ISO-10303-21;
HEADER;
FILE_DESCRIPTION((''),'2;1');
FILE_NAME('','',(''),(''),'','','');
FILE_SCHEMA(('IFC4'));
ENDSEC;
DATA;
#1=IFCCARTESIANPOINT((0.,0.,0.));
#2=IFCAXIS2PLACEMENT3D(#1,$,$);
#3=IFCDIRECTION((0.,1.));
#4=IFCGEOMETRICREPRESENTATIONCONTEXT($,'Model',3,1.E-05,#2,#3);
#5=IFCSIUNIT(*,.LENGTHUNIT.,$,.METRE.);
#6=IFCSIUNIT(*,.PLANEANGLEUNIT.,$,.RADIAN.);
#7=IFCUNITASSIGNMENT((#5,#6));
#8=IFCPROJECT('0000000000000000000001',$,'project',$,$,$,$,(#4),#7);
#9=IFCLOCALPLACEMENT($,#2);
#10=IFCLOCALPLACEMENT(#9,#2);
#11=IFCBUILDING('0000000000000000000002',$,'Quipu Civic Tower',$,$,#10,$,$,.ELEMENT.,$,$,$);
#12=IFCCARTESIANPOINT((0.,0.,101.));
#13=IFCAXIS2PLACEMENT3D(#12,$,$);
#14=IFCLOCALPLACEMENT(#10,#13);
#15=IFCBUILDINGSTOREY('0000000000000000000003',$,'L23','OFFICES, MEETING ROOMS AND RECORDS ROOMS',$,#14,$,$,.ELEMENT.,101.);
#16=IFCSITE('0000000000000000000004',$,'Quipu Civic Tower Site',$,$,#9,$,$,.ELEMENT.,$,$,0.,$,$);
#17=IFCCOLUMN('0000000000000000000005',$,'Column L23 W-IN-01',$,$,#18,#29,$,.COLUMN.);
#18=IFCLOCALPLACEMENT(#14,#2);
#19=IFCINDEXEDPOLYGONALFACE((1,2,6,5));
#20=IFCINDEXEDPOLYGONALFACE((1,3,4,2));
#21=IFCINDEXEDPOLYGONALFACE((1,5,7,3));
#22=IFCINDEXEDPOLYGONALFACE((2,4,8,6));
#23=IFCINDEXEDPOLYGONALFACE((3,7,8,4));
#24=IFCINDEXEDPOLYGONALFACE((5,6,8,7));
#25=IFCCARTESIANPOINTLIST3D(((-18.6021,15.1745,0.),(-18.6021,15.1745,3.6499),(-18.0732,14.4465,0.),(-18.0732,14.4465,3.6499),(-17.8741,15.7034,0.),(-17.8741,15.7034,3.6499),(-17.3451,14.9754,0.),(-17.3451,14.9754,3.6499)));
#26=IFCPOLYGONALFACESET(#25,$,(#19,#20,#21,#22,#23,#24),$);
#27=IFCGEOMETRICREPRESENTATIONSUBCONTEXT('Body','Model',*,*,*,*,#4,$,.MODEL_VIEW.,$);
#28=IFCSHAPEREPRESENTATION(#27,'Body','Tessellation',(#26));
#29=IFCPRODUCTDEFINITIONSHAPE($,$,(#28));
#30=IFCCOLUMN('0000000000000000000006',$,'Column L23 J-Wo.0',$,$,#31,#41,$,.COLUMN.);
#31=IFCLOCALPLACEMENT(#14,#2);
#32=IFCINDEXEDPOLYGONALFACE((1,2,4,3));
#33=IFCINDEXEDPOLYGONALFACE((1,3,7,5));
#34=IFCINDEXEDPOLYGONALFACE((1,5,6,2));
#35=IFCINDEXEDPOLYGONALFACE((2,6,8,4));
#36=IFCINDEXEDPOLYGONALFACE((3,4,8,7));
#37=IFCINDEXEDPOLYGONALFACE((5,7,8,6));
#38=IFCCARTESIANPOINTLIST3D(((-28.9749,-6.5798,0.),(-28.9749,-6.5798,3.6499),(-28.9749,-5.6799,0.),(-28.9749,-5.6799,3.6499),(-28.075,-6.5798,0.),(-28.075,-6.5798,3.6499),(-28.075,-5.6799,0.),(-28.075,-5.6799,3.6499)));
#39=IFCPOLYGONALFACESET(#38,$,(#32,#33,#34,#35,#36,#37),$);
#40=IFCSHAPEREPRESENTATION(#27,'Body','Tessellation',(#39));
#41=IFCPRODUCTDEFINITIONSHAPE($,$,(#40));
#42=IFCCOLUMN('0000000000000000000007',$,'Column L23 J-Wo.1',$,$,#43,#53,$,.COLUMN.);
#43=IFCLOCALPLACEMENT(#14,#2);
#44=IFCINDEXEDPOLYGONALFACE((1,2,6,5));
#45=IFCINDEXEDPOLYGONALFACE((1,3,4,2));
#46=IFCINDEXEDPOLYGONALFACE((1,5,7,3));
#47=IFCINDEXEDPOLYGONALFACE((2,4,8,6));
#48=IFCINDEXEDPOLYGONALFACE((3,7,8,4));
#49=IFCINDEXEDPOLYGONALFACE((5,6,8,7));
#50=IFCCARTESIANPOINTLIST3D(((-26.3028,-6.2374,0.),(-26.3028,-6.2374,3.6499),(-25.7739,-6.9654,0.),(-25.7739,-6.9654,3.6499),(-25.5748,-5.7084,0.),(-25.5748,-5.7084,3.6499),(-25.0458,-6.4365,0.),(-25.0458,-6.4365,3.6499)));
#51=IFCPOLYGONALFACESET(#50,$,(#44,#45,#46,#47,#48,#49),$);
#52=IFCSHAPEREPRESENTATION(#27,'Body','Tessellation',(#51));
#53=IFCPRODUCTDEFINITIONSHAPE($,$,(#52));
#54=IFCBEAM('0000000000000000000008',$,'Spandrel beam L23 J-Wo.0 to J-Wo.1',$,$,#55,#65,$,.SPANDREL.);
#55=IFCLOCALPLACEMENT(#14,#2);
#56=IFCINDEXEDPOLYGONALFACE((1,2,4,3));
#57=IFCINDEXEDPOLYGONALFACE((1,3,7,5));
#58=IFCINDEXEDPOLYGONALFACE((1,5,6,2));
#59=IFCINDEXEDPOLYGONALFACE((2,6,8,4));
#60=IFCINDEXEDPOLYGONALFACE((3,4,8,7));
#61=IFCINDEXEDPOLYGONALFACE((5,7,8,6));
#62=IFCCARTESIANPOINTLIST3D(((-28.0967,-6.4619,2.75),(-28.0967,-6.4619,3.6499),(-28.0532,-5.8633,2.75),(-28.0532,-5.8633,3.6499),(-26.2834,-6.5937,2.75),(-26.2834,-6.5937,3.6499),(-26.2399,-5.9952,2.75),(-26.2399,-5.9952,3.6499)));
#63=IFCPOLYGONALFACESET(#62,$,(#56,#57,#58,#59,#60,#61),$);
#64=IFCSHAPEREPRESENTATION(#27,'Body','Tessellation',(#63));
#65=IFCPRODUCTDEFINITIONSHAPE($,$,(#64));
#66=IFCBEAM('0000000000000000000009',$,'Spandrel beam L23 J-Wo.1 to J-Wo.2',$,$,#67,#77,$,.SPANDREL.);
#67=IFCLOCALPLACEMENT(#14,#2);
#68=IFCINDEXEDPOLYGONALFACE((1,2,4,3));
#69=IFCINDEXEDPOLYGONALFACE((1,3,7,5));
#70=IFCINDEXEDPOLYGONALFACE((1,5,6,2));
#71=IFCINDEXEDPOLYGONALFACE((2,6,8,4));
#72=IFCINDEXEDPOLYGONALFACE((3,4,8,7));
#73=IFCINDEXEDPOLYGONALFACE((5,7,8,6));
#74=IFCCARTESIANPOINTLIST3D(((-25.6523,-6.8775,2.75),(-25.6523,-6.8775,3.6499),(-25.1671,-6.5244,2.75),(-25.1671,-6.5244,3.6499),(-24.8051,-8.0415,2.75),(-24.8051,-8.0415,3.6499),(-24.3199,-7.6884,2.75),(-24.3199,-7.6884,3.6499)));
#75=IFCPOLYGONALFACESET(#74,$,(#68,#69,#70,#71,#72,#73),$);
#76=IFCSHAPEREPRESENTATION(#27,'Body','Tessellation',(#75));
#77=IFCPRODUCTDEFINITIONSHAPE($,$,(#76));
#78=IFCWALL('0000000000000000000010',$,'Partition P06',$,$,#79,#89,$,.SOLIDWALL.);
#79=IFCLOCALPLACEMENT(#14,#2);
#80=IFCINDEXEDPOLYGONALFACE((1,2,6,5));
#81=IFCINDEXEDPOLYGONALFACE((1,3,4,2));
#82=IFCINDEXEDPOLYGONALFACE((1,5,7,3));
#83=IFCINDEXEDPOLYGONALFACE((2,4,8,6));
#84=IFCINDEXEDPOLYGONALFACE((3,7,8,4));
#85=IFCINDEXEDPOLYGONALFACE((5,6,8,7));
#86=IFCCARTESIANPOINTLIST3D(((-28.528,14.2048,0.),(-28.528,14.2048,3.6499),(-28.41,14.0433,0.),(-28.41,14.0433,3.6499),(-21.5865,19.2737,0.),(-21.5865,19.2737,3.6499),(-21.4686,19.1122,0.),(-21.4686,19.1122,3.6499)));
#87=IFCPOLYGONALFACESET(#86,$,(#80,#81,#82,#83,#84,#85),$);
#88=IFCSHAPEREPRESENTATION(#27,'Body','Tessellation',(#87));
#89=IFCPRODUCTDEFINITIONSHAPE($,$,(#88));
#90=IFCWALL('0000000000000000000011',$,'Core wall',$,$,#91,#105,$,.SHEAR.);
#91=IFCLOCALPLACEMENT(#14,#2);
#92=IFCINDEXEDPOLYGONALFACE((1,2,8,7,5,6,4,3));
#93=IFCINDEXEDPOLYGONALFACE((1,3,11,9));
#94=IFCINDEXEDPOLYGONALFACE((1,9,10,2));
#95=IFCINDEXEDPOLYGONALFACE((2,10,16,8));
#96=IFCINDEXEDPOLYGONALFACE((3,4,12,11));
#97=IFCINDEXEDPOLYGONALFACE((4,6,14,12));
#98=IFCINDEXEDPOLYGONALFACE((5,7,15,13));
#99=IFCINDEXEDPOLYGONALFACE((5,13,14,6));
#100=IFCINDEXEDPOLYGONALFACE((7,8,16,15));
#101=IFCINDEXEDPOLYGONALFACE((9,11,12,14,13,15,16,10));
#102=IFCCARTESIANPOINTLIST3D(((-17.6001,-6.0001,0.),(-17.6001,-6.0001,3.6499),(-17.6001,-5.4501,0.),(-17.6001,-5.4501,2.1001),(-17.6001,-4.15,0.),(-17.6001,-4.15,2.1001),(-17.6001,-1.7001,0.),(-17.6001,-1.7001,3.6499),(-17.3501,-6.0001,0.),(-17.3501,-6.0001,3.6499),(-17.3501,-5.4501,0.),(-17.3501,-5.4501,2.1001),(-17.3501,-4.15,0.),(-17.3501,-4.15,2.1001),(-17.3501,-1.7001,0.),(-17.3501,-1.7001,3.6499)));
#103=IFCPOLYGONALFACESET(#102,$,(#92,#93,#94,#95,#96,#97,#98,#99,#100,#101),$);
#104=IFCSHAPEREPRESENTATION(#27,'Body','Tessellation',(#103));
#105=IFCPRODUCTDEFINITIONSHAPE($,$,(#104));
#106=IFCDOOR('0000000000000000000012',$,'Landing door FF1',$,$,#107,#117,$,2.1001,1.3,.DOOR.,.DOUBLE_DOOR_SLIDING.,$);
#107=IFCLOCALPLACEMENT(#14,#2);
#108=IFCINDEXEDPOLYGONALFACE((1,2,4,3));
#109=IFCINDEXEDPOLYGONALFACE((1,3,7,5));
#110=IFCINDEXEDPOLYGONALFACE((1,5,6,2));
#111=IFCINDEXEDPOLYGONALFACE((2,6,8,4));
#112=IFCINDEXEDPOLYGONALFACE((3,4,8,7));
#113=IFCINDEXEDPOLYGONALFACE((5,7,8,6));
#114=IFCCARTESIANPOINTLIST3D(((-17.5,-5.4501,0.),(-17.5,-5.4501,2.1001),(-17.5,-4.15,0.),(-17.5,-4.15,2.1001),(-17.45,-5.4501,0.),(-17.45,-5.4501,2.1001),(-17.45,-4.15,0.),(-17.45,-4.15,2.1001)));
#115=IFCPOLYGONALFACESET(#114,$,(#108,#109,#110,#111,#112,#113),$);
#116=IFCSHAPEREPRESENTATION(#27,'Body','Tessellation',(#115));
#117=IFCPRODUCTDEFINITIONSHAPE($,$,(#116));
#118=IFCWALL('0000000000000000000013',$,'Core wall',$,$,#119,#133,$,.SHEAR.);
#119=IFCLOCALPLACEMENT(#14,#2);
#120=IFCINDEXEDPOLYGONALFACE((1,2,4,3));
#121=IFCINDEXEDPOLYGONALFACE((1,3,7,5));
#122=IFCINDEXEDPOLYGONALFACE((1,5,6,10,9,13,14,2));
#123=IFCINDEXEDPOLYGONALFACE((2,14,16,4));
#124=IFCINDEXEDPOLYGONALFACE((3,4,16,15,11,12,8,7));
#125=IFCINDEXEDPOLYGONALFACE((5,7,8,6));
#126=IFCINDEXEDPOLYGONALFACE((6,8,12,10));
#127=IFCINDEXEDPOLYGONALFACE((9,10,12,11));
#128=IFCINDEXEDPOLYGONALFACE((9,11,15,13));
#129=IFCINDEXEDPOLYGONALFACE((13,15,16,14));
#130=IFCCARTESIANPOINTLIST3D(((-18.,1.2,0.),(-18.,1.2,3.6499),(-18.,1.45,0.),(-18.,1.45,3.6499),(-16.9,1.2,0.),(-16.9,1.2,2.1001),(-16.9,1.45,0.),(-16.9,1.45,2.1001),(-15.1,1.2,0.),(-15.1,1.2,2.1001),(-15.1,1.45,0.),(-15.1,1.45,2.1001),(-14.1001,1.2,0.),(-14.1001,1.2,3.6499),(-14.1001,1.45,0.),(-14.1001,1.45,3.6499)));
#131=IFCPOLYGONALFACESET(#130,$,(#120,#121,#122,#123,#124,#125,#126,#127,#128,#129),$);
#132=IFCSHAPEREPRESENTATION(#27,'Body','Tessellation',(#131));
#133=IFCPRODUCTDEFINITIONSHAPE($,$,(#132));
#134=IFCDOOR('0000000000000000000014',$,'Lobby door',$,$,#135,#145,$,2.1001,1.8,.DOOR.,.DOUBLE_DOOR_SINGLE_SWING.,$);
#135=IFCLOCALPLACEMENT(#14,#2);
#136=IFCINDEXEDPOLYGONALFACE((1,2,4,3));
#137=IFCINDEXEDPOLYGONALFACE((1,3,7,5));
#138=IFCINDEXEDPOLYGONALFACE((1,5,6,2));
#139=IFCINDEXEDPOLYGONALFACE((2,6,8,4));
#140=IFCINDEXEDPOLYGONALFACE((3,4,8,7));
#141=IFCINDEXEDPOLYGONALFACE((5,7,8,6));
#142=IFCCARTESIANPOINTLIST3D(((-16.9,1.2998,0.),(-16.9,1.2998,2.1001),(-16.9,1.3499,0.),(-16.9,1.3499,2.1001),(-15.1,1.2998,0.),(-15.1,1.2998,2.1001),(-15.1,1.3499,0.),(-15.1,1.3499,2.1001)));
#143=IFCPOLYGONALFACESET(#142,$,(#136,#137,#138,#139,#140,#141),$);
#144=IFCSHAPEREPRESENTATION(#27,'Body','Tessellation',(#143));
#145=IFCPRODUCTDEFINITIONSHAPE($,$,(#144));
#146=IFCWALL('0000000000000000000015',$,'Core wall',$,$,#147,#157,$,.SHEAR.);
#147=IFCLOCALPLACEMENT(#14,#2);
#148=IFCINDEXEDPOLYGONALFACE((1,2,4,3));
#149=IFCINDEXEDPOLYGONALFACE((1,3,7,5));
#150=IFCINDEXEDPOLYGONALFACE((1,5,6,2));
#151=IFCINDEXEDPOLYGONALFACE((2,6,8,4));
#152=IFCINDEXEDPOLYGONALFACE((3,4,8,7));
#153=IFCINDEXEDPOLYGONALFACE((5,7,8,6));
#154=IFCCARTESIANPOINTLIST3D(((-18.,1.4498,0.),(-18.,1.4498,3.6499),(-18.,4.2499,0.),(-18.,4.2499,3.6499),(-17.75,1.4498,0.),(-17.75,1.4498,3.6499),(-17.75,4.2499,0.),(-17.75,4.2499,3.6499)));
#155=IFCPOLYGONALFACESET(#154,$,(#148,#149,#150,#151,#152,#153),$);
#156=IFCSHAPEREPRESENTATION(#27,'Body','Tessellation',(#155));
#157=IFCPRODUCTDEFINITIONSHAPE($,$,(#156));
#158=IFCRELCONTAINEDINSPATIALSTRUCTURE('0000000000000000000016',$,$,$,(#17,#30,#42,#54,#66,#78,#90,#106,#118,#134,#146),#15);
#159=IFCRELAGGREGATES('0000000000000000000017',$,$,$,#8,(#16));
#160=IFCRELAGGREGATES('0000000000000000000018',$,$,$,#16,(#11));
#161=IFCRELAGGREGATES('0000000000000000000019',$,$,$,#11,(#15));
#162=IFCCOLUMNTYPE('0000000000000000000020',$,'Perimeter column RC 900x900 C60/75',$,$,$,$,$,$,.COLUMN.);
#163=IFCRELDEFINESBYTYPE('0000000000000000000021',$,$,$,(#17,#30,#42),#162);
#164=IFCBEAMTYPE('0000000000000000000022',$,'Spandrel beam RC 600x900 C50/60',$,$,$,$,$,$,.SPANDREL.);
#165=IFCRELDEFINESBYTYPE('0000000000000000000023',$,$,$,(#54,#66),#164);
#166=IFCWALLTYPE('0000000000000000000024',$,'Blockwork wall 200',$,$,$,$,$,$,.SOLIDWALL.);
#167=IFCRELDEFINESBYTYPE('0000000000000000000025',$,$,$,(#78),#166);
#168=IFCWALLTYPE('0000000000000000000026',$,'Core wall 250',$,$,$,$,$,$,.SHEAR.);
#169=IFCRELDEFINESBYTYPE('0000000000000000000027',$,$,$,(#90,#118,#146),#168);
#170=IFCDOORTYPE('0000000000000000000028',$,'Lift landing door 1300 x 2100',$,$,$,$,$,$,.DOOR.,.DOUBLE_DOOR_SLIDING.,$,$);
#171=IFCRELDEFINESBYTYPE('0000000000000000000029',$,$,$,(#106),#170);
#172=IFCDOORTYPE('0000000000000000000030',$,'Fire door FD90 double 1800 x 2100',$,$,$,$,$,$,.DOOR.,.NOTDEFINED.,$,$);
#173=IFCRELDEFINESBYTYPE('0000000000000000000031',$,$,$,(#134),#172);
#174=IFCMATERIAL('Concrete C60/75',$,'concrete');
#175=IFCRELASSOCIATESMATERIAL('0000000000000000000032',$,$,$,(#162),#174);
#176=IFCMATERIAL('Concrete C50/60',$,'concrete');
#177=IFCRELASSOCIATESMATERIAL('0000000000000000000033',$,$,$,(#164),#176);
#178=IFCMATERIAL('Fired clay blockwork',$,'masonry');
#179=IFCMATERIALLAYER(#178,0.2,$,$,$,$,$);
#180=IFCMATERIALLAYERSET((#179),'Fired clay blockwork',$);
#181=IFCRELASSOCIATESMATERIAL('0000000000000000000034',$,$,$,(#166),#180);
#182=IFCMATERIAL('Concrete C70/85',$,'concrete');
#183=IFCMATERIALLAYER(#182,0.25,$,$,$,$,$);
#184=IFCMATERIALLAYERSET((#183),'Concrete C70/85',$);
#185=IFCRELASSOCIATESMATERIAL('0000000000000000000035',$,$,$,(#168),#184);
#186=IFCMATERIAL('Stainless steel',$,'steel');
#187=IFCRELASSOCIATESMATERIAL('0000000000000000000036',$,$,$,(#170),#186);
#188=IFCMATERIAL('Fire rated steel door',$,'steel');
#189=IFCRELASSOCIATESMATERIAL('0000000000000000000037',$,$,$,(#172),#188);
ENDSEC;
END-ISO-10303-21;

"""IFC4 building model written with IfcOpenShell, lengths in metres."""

from ifc_helpers import new_model, si_unit, direction, frame, frame_2d, origin, origin_2d, place, context, subcontext, project, spatial, rectangle, extrude, material, layer, layer_set, material_profile, profile_set, type_object, element, fill, save


model = new_model("IFC4")

# Units and contexts
model_context = context("Model", 3, precision=1e-05, world=origin(), true_north=direction((0.0, 1.0)))
body_context = subcontext(model_context, "Body", "Model", "MODEL_VIEW")
ifc_project = project(units=[si_unit("LENGTHUNIT", "METRE"), si_unit("PLANEANGLEUNIT", "RADIAN")], contexts=[model_context])

# Site, building, storey
site_placement = place(None, origin())
site = spatial("IfcSite", under=ifc_project, at=site_placement, Name="Quipu Civic Tower Site", CompositionType="ELEMENT", RefElevation=0.0)
building_placement = place(site_placement, origin())
building = spatial("IfcBuilding", under=site, at=building_placement, Name="Quipu Civic Tower", CompositionType="ELEMENT")
storey_placement = place(building_placement, frame((0.0, 0.0, 101.0)))
storey = spatial("IfcBuildingStorey", under=building, at=storey_placement, Name="L23", Description="OFFICES, MEETING ROOMS AND RECORDS ROOMS", CompositionType="ELEMENT", Elevation=101.0)

# Columns
ifc_material_1 = material(Name="Concrete C60/75", Category="concrete")
ifc_material_profile_1 = material_profile(ifc_material_1, rectangle(XDim=0.8999, YDim=0.8999, at=origin_2d()), Name="RC900x900")
ifc_profile_set_1 = profile_set([ifc_material_profile_1], Name="Concrete C60/75")
column_type = type_object("IfcColumnType", Name="Perimeter column RC 900x900 C60/75", PredefinedType="COLUMN", material=ifc_profile_set_1)
for number, where, z_axis, x_axis, name in (
    (1, (-17.9736, 15.075, 0.0), (0.0, 0.0, 1.0), (-0.587785, 0.809017, 0.0), "Column L23 W-IN-01"),
    (2, (-28.5249, -6.1299, 0.0), (0.0, 0.0, 1.0), (1.0, 0.0, 0.0), "Column L23 J-Wo.0"),
    (3, (-25.6743, -6.3369, 0.0), (0.0, 0.0, 1.0), (0.587785, -0.809017, 0.0), "Column L23 J-Wo.1"),
):
    element("IfcColumn", number, at=place(storey_placement, frame(where, z_axis=z_axis, x_axis=x_axis)), inside=storey, type_object=column_type, Name=name, PredefinedType="COLUMN", context=body_context, shape_type="SweptSolid", body=[
        extrude(rectangle(XDim=0.8999, YDim=0.8999, at=origin_2d()), origin(), (0.0, 0.0, 1.0), 3.6499),
    ])

# Beams
ifc_material_2 = material(Name="Concrete C50/60", Category="concrete")
ifc_material_profile_2 = material_profile(ifc_material_2, rectangle(XDim=0.6001, YDim=0.8999, at=origin_2d()), Name="RC600x900")
ifc_profile_set_2 = profile_set([ifc_material_profile_2], Name="Concrete C50/60")
beam_type = type_object("IfcBeamType", Name="Spandrel beam RC 600x900 C50/60", PredefinedType="SPANDREL", material=ifc_profile_set_2)
beam_1_placement = place(storey_placement, frame((-28.075, -6.1626, 3.2), z_axis=(0.997367, -0.072516, 0.0), x_axis=(0.072516, 0.997367, 0.0)))
element("IfcBeam", 4, at=beam_1_placement, inside=storey, type_object=beam_type, Name="Spandrel beam L23 J-Wo.0 to J-Wo.1", PredefinedType="SPANDREL", context=body_context, shape_type="SweptSolid", body=[
    extrude(rectangle(XDim=0.6001, YDim=0.8999, at=origin_2d()), origin(), (0.0, 0.0, 1.0), 1.8181),
])
beam_2_placement = place(storey_placement, frame((-25.4097, -6.7009, 3.2), z_axis=(0.588434, -0.808545, 0.0), x_axis=(0.808545, 0.588434, 0.0)))
element("IfcBeam", 5, at=beam_2_placement, inside=storey, type_object=beam_type, Name="Spandrel beam L23 J-Wo.1 to J-Wo.2", PredefinedType="SPANDREL", context=body_context, shape_type="SweptSolid", body=[
    extrude(rectangle(XDim=0.6001, YDim=0.8999, at=origin_2d()), origin(), (0.0, 0.0, 1.0), 1.4397),
])

# Wall
ifc_material_3 = material(Name="Fired clay blockwork", Category="masonry")
ifc_layer_1 = layer(ifc_material_3, 0.2)
ifc_layer_set_1 = layer_set([ifc_layer_1], Name="Fired clay blockwork")
wall_type_1 = type_object("IfcWallType", Name="Blockwork wall 200", PredefinedType="SOLIDWALL", material=ifc_layer_set_1)
wall_1_placement = place(storey_placement, frame((-28.469, 14.124, 0.0), z_axis=(0.0, 0.0, 1.0), x_axis=(0.807597, 0.589735, 0.0)))
element("IfcWall", 6, at=wall_1_placement, inside=storey, type_object=wall_type_1, Name="Partition P06", PredefinedType="SOLIDWALL", context=body_context, shape_type="SweptSolid", body=[
    extrude(rectangle(XDim=8.5952, YDim=0.2, at=frame_2d((4.2976, 0.0))), origin(), (0.0, 0.0, 1.0), 3.6499),
])

# Walls, openings, doors
ifc_material_4 = material(Name="Concrete C70/85", Category="concrete")
ifc_layer_2 = layer(ifc_material_4, 0.25)
ifc_layer_set_2 = layer_set([ifc_layer_2], Name="Concrete C70/85")
wall_type_2 = type_object("IfcWallType", Name="Core wall 250", PredefinedType="SHEAR", material=ifc_layer_set_2)
wall_2_placement = place(storey_placement, frame((-17.4751, -6.0, 0.0), z_axis=(0.0, 0.0, 1.0), x_axis=(0.0, 1.0, 0.0)))
wall_2 = element("IfcWall", 7, at=wall_2_placement, inside=storey, type_object=wall_type_2, Name="Core wall", PredefinedType="SHEAR", context=body_context, shape_type="SweptSolid", body=[
    extrude(rectangle(XDim=4.3, YDim=0.25, at=frame_2d((2.1499, 0.0))), origin(), (0.0, 0.0, 1.0), 3.6499),
])
opening_1_placement = place(wall_2_placement, frame((0.55, 0.0, 0.0)))
opening_1 = element("IfcOpeningElement", 8, at=opening_1_placement, cuts=wall_2, PredefinedType="OPENING", context=body_context, shape_type="SweptSolid", body=[
    extrude(rectangle(XDim=1.3, YDim=2.1001, at=frame_2d((0.6499, 1.05))), frame((0.0, 0.135, 0.0), z_axis=(0.0, -1.0, 0.0), x_axis=(1.0, 0.0, 0.0)), (0.0, 0.0, 1.0), 0.27),
])
ifc_material_5 = material(Name="Stainless steel", Category="steel")
door_type_1 = type_object("IfcDoorType", Name="Lift landing door 1300 x 2100", OperationType="DOUBLE_DOOR_SLIDING", PredefinedType="DOOR", material=ifc_material_5)
door_1_placement = place(opening_1_placement, origin())
door_1 = element("IfcDoor", 9, at=door_1_placement, inside=storey, type_object=door_type_1, Name="Landing door FF1", OperationType="DOUBLE_DOOR_SLIDING", OverallHeight=2.1001, OverallWidth=1.3, PredefinedType="DOOR", context=body_context, shape_type="SweptSolid", body=[
    extrude(rectangle(XDim=1.3, YDim=2.1001, at=frame_2d((0.6499, 1.05))), frame((0.0, 0.0249, 0.0), z_axis=(0.0, -1.0, 0.0), x_axis=(1.0, 0.0, 0.0)), (0.0, 0.0, 1.0), 0.05),
])
fill(opening_1, door_1)
wall_3_placement = place(storey_placement, frame((-18.0, 1.325, 0.0), z_axis=(0.0, 0.0, 1.0), x_axis=(1.0, 0.0, 0.0)))
wall_3 = element("IfcWall", 10, at=wall_3_placement, inside=storey, type_object=wall_type_2, Name="Core wall", PredefinedType="SHEAR", context=body_context, shape_type="SweptSolid", body=[
    extrude(rectangle(XDim=3.8999, YDim=0.25, at=frame_2d((1.95, 0.0))), origin(), (0.0, 0.0, 1.0), 3.6499),
])
opening_2_placement = place(wall_3_placement, frame((1.1001, 0.0, 0.0)))
opening_2 = element("IfcOpeningElement", 11, at=opening_2_placement, cuts=wall_3, PredefinedType="OPENING", context=body_context, shape_type="SweptSolid", body=[
    extrude(rectangle(XDim=1.8, YDim=2.1001, at=frame_2d((0.8999, 1.05))), frame((0.0, 0.135, 0.0), z_axis=(0.0, -1.0, 0.0), x_axis=(1.0, 0.0, 0.0)), (0.0, 0.0, 1.0), 0.27),
])
ifc_material_6 = material(Name="Fire rated steel door", Category="steel")
door_type_2 = type_object("IfcDoorType", Name="Fire door FD90 double 1800 x 2100", OperationType="NOTDEFINED", PredefinedType="DOOR", material=ifc_material_6)
door_2_placement = place(opening_2_placement, origin())
door_2 = element("IfcDoor", 12, at=door_2_placement, inside=storey, type_object=door_type_2, Name="Lobby door", OperationType="DOUBLE_DOOR_SINGLE_SWING", OverallHeight=2.1001, OverallWidth=1.8, PredefinedType="DOOR", context=body_context, shape_type="SweptSolid", body=[
    extrude(rectangle(XDim=1.8, YDim=2.1001, at=frame_2d((0.8999, 1.05))), frame((0.0, 0.0249, 0.0), z_axis=(0.0, -1.0, 0.0), x_axis=(1.0, 0.0, 0.0)), (0.0, 0.0, 1.0), 0.05),
])
fill(opening_2, door_2)

# Wall
wall_4_placement = place(storey_placement, frame((-17.875, 1.45, 0.0), z_axis=(0.0, 0.0, 1.0), x_axis=(0.0, 1.0, 0.0)))
element("IfcWall", 13, at=wall_4_placement, inside=storey, type_object=wall_type_2, Name="Core wall", PredefinedType="SHEAR", context=body_context, shape_type="SweptSolid", body=[
    extrude(rectangle(XDim=2.8, YDim=0.25, at=frame_2d((1.3999, 0.0))), origin(), (0.0, 0.0, 1.0), 3.6499),
])

save(model, "model.ifc")
